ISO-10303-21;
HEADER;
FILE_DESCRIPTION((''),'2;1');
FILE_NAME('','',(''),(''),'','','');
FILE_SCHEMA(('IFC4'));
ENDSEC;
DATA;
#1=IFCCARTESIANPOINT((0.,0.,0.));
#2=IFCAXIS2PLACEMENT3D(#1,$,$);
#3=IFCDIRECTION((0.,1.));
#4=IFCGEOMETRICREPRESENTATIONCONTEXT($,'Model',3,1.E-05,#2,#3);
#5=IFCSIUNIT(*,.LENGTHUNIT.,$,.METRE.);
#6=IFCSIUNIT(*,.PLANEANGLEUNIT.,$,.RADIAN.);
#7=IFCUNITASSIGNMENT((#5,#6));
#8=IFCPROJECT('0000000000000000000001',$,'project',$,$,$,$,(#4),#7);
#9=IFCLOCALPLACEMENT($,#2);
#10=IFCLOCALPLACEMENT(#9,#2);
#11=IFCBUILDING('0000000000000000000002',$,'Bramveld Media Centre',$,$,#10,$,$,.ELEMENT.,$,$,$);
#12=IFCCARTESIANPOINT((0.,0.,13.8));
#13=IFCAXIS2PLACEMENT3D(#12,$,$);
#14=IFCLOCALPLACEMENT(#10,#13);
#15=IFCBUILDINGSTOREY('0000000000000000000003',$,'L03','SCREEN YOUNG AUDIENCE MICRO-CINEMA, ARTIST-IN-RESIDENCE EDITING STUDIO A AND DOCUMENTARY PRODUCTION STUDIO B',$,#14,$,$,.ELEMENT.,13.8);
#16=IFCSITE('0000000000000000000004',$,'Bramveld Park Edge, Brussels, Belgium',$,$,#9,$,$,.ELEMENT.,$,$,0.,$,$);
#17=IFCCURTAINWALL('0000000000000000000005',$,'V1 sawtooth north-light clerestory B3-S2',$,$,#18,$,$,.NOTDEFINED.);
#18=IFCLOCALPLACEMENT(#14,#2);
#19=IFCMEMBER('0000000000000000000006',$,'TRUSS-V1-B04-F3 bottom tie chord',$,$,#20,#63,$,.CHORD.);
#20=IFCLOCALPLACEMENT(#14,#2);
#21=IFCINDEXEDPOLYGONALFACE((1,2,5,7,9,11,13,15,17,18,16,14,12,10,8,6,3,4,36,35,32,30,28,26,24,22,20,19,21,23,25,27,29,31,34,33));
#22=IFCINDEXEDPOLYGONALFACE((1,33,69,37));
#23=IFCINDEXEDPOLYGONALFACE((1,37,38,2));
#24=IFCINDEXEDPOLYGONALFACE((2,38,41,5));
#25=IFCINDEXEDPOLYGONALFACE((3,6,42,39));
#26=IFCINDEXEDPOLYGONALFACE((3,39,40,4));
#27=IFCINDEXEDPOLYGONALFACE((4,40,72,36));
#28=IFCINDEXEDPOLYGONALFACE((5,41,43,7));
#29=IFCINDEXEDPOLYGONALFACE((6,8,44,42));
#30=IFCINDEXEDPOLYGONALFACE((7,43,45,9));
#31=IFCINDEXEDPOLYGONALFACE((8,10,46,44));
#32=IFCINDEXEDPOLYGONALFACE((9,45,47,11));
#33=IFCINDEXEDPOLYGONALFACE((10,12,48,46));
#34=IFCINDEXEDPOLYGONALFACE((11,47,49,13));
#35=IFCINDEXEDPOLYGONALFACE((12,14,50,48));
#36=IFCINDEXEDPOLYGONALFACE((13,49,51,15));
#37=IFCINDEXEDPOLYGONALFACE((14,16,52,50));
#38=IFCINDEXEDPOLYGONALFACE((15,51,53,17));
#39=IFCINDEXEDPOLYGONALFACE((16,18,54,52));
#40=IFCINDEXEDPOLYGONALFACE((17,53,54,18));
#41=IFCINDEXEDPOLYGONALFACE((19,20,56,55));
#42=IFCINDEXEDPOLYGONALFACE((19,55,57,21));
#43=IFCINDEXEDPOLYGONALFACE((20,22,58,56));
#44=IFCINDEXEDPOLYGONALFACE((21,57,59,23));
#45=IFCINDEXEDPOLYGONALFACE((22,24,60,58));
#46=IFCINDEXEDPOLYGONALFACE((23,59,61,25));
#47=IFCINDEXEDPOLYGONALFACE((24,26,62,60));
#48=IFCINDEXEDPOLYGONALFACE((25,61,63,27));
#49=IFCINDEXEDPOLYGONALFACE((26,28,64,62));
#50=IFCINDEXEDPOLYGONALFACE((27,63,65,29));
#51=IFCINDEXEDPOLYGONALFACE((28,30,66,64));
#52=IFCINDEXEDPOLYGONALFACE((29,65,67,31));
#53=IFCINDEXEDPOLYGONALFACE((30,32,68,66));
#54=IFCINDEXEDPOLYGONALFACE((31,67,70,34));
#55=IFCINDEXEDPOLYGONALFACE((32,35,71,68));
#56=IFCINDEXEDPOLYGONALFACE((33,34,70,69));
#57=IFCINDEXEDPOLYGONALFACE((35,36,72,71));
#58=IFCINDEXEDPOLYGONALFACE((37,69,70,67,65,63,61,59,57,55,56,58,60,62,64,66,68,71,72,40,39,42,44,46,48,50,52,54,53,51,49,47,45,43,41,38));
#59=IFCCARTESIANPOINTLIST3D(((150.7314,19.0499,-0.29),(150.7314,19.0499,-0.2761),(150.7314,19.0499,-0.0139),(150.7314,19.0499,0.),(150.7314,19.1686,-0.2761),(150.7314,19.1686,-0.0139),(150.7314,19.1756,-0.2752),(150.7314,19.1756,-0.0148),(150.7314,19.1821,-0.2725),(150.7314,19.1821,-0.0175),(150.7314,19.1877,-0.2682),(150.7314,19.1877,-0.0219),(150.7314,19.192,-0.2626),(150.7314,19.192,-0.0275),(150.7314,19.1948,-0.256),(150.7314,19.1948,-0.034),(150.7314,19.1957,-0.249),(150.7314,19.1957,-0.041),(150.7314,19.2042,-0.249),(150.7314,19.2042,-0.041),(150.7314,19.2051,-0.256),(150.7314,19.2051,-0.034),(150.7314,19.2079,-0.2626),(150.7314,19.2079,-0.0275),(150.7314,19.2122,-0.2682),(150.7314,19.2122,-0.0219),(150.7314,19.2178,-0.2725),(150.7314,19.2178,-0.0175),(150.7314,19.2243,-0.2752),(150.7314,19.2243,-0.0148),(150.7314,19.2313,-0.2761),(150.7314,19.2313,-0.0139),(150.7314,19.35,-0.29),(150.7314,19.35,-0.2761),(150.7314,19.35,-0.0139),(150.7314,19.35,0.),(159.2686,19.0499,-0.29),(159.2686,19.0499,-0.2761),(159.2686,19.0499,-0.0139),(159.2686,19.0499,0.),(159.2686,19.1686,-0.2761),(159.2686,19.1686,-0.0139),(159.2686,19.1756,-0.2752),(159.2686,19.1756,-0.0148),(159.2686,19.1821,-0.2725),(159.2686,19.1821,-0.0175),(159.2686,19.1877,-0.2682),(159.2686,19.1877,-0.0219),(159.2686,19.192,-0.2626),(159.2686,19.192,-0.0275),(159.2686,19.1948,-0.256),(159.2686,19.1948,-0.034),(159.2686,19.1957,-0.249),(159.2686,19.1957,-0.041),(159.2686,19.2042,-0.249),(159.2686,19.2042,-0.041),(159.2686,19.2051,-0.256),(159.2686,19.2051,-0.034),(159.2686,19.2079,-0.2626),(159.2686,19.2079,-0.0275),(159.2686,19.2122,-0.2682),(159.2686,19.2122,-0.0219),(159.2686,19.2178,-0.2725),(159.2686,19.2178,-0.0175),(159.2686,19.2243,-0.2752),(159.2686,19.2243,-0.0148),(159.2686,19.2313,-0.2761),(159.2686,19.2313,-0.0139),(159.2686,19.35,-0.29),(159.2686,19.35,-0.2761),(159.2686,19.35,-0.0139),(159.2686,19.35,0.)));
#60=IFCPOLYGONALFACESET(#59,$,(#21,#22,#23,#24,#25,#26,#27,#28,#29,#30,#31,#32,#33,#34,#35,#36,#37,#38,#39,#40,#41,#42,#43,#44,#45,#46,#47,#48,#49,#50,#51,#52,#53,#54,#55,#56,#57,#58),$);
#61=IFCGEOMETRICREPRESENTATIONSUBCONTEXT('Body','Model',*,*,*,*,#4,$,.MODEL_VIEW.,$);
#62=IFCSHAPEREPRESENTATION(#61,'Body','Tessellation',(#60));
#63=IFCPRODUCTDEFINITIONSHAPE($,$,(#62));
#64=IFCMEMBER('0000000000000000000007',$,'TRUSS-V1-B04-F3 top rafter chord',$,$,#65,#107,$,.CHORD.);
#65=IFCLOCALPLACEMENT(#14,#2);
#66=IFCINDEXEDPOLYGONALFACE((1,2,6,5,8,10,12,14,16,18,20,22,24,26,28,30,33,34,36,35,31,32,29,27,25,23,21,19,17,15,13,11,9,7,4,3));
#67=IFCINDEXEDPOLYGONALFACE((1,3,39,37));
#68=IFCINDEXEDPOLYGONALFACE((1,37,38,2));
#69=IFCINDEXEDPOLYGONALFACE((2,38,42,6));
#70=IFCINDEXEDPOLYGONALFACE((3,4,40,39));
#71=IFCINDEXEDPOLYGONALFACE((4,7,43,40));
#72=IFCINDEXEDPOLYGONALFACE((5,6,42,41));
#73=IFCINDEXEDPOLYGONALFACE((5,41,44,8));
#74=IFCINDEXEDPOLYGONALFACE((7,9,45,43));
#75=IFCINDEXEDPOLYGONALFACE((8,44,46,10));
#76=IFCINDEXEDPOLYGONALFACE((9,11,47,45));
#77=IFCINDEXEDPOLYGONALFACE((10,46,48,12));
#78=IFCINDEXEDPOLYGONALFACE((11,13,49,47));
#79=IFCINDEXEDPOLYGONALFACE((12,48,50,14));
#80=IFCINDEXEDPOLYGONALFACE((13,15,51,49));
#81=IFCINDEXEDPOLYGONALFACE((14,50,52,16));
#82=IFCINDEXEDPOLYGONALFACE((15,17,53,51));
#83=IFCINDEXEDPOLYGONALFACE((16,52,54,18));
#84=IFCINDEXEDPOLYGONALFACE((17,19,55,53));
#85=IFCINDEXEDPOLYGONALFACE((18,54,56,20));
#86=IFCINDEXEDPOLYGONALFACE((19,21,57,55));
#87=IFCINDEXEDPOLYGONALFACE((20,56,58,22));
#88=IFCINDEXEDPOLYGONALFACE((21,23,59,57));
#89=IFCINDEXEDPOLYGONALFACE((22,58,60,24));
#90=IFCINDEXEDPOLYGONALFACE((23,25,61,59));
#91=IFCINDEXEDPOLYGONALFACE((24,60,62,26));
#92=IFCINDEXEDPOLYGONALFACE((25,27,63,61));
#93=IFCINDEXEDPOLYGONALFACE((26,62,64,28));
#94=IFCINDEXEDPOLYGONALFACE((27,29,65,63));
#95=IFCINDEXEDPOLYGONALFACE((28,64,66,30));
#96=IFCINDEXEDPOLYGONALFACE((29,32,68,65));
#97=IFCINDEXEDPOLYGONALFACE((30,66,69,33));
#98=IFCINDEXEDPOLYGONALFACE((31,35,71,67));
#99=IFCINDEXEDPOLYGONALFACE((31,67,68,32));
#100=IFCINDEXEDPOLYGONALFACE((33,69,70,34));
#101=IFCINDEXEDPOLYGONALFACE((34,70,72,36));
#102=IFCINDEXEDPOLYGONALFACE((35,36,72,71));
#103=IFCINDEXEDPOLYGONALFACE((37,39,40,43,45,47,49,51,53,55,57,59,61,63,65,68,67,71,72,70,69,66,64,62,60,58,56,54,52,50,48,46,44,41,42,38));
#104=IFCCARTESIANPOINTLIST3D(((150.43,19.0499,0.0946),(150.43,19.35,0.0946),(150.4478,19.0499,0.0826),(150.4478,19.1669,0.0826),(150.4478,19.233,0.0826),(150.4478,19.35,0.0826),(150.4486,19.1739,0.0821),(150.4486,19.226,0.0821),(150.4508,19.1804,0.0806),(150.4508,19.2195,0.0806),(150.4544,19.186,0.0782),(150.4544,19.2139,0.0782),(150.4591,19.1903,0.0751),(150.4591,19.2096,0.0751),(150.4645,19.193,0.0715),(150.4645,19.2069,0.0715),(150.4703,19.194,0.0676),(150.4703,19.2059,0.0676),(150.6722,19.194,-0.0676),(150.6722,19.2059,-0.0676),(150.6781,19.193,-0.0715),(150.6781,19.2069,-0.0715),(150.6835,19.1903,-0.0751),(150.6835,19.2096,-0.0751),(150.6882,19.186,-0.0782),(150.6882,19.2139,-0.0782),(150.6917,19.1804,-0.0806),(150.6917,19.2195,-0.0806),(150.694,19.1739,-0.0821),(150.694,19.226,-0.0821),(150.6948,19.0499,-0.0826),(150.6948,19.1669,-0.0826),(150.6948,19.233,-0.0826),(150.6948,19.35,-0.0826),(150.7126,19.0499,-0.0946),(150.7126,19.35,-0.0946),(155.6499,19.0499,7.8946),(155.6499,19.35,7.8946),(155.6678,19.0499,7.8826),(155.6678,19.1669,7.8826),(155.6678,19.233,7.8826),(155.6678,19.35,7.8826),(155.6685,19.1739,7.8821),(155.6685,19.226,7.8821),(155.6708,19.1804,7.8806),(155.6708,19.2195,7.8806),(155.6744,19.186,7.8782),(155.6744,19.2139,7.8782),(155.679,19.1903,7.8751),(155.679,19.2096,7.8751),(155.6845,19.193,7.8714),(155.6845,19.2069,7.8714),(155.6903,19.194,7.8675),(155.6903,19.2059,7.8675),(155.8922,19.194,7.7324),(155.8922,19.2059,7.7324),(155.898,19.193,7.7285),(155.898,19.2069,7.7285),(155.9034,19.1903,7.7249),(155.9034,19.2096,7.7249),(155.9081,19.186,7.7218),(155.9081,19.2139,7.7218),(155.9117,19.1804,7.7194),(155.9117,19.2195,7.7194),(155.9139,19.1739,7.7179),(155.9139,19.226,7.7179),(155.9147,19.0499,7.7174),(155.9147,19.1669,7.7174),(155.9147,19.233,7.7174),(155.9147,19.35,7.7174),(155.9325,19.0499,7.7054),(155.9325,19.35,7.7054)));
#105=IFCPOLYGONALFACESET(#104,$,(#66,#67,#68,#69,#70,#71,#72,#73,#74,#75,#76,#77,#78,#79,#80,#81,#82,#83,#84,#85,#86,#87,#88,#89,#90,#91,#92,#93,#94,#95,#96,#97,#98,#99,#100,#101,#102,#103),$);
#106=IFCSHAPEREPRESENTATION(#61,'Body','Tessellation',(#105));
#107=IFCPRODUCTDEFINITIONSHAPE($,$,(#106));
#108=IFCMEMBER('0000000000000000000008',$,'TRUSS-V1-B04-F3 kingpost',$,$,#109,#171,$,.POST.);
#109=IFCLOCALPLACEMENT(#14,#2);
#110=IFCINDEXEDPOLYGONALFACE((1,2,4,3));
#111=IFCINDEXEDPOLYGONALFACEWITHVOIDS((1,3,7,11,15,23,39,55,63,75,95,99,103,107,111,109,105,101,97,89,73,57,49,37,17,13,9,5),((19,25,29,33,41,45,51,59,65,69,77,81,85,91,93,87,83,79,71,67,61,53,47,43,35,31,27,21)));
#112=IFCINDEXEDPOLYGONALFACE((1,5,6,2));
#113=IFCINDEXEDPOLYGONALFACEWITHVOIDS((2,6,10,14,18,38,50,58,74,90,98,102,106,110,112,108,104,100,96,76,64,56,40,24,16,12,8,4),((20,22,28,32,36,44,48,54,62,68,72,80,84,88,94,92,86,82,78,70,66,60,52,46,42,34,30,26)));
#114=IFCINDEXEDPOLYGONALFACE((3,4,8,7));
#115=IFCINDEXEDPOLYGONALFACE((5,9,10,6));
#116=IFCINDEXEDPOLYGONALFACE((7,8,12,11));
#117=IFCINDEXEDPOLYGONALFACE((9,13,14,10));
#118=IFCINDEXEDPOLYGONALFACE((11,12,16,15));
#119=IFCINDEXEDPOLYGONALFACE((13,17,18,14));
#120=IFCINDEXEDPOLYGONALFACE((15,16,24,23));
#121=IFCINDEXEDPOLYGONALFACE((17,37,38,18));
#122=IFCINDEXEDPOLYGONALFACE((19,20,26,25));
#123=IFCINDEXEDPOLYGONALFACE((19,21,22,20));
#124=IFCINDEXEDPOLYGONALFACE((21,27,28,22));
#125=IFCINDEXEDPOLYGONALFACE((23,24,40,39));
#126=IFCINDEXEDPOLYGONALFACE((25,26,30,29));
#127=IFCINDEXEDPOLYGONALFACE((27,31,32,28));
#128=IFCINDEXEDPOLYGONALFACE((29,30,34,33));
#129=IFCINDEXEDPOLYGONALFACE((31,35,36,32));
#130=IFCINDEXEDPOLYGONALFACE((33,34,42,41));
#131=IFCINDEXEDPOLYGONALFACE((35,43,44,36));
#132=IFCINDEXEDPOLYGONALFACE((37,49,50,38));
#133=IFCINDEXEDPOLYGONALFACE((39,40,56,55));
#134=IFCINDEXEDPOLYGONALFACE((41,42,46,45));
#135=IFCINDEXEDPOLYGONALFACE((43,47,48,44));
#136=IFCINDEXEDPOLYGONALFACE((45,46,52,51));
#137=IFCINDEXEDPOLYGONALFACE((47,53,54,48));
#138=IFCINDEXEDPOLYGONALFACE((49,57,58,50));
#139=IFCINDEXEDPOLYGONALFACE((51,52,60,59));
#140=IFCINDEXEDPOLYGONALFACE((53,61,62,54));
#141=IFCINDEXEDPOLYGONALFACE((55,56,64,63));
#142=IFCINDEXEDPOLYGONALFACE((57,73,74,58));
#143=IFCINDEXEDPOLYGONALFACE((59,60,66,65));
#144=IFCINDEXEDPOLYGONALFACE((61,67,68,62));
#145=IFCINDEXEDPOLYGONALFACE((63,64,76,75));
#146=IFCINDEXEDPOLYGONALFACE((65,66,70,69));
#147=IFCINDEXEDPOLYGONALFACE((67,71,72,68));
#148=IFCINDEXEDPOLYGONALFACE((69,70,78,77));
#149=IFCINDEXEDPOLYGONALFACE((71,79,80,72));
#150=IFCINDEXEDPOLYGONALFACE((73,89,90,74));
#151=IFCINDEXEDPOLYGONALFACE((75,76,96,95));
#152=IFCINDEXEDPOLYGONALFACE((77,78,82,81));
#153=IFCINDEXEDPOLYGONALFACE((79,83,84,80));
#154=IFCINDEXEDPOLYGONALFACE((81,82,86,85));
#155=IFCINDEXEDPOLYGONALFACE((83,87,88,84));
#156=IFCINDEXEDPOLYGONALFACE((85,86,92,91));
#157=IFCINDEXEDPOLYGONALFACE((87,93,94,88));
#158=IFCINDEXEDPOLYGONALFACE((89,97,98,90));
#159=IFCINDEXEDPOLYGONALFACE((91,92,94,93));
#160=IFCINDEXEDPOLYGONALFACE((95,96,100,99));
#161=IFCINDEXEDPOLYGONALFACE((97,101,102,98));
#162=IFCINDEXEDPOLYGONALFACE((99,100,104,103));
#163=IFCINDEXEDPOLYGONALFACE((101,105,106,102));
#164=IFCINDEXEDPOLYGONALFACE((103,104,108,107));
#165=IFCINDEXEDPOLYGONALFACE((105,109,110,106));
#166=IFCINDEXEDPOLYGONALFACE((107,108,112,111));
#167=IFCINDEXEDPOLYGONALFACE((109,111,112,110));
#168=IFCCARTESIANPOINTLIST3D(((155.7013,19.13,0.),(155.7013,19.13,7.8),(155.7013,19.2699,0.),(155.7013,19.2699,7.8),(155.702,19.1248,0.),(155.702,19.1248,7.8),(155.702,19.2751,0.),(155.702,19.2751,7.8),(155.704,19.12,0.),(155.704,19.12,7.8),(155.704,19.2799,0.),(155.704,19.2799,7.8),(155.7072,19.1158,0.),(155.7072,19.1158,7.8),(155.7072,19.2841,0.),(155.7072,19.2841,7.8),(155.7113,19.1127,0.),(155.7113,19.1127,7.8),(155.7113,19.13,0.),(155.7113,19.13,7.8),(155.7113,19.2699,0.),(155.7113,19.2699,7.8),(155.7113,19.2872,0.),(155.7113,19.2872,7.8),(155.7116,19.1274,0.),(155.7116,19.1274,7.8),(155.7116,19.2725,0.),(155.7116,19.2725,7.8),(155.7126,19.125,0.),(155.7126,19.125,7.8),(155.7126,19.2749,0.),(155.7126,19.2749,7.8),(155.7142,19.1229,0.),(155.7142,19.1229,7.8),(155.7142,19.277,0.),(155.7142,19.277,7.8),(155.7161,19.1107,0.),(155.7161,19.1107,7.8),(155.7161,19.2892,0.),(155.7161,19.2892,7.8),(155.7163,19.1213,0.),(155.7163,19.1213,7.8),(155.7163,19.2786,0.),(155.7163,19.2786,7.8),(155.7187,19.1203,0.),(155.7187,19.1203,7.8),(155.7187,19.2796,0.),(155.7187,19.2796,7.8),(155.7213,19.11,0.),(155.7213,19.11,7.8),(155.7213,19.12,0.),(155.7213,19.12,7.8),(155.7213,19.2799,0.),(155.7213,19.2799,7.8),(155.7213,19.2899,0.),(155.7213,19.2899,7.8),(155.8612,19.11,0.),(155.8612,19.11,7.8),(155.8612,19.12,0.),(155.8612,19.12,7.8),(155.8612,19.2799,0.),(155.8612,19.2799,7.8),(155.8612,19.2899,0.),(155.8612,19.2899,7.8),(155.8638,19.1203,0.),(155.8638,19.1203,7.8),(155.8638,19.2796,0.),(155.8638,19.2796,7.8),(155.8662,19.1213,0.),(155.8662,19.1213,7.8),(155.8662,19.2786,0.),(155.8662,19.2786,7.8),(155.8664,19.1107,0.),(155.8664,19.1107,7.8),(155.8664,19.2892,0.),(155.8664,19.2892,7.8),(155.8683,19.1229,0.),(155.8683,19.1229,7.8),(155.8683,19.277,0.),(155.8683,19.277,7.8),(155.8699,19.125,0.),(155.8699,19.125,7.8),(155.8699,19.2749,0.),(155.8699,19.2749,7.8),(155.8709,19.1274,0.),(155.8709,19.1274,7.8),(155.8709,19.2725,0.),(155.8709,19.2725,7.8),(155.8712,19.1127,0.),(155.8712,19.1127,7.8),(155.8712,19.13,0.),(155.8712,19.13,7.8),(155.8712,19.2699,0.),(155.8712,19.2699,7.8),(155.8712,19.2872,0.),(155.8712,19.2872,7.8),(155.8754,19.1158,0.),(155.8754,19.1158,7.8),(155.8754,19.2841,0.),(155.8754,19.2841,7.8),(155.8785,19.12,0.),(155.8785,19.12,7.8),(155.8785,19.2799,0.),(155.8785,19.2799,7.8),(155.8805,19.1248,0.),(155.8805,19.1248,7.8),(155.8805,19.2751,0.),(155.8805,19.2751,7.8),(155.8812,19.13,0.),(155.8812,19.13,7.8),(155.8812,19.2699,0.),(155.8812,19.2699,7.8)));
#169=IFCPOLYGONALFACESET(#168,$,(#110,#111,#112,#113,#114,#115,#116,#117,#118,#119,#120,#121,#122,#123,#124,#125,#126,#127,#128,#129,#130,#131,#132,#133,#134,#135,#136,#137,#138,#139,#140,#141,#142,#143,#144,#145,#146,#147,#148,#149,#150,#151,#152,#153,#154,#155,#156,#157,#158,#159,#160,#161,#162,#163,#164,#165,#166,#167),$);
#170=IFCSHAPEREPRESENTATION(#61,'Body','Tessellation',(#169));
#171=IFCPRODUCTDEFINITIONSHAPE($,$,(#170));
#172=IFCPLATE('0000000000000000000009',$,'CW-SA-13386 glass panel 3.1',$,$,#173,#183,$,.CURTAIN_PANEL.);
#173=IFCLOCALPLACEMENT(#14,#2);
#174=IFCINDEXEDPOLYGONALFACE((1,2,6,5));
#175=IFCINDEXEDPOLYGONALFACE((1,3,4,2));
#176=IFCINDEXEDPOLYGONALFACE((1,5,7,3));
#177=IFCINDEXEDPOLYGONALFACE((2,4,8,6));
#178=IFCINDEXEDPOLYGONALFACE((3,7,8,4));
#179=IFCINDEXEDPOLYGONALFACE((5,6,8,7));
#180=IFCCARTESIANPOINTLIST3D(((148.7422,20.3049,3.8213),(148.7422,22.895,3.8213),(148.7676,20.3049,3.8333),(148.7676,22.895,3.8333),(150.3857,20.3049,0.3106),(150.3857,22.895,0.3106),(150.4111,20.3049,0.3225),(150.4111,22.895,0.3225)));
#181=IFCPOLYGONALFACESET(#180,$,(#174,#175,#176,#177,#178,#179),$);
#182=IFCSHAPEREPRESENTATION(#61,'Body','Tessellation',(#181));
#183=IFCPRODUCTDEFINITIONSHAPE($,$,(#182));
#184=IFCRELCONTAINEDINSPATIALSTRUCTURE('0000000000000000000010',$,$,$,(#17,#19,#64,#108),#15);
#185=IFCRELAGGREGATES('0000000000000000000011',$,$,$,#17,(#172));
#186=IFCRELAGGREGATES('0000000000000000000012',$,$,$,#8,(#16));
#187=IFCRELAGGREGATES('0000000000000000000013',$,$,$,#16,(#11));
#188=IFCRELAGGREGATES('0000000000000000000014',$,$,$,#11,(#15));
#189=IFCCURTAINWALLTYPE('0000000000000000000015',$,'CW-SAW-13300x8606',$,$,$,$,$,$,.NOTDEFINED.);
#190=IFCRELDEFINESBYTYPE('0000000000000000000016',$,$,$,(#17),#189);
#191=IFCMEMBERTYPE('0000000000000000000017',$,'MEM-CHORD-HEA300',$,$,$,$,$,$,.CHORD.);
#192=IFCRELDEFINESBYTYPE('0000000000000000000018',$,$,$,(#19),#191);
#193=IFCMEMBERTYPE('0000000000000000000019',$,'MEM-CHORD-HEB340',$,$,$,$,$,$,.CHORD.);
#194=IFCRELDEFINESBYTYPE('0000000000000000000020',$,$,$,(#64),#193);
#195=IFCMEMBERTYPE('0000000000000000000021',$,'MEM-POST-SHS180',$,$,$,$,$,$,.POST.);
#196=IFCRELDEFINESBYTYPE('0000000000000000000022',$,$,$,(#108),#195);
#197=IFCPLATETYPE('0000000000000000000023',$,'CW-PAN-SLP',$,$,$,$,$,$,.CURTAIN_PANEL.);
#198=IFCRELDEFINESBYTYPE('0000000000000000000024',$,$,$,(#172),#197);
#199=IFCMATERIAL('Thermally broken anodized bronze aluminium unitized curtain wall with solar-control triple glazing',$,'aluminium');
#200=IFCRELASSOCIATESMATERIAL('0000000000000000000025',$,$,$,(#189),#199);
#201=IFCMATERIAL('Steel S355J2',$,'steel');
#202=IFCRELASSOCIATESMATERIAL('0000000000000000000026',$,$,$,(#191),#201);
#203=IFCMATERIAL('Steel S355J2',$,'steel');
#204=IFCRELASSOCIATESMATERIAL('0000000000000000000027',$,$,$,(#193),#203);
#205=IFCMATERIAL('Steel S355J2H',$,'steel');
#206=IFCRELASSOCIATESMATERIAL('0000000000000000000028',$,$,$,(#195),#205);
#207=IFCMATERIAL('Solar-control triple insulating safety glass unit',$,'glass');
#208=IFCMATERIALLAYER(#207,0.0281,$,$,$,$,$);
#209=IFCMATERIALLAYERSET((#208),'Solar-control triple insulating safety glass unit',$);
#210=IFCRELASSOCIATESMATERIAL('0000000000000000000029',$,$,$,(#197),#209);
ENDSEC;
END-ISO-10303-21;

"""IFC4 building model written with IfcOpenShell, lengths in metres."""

from ifc_helpers import new_model, si_unit, direction, frame, origin, origin_2d, place, context, subcontext, project, spatial, polyline, hollow_rectangle, i_section, outline, extrude, material, layer, layer_set, material_profile, profile_set, type_object, element, aggregate, save


model = new_model("IFC4")

# Units and contexts
model_context = context("Model", 3, precision=1e-05, world=origin(), true_north=direction((0.0, 1.0)))
body_context = subcontext(model_context, "Body", "Model", "MODEL_VIEW")
ifc_project = project(units=[si_unit("LENGTHUNIT", "METRE"), si_unit("PLANEANGLEUNIT", "RADIAN")], contexts=[model_context])

# Site, building, storey
site_placement = place(None, origin())
site = spatial("IfcSite", under=ifc_project, at=site_placement, Name="Bramveld Park Edge, Brussels, Belgium", CompositionType="ELEMENT", RefElevation=0.0)
building_placement = place(site_placement, origin())
building = spatial("IfcBuilding", under=site, at=building_placement, Name="Bramveld Media Centre", CompositionType="ELEMENT")
storey_placement = place(building_placement, frame((0.0, 0.0, 13.8)))
storey = spatial("IfcBuildingStorey", under=building, at=storey_placement, Name="L03", Description="SCREEN YOUNG AUDIENCE MICRO-CINEMA, ARTIST-IN-RESIDENCE EDITING STUDIO A AND DOCUMENTARY PRODUCTION STUDIO B", CompositionType="ELEMENT", Elevation=13.8)

# Curtain wall
ifc_material_1 = material(Name="Thermally broken anodized bronze aluminium unitized curtain wall with solar-control triple glazing", Category="aluminium")
curtain_wall_type = type_object("IfcCurtainWallType", Name="CW-SAW-13300x8606", PredefinedType="NOTDEFINED", material=ifc_material_1)
curtain_wall_1_placement = place(storey_placement, origin())
curtain_wall_1 = element("IfcCurtainWall", 1, at=curtain_wall_1_placement, inside=storey, type_object=curtain_wall_type, Name="V1 sawtooth north-light clerestory B3-S2", PredefinedType="NOTDEFINED")

# Members
ifc_material_2 = material(Name="Steel S355J2", Category="steel")
ifc_material_profile_1 = material_profile(ifc_material_2, i_section(OverallWidth=0.3, OverallDepth=0.29, WebThickness=0.0085, FlangeThickness=0.0139, FilletRadius=0.0271, at=origin_2d()), Name="HEA 300")
ifc_profile_set_1 = profile_set([ifc_material_profile_1], Name="Steel S355J2")
member_type_1 = type_object("IfcMemberType", Name="MEM-CHORD-HEA300", PredefinedType="CHORD", material=ifc_profile_set_1)
member_1_placement = place(storey_placement, frame((150.7314, 19.2, -0.145), z_axis=(1.0, 0.0, 0.0), x_axis=(0.0, 1.0, 0.0)))
element("IfcMember", 2, at=member_1_placement, inside=storey, type_object=member_type_1, Name="TRUSS-V1-B04-F3 bottom tie chord", PredefinedType="CHORD", context=body_context, shape_type="SweptSolid", body=[
    extrude(i_section(OverallWidth=0.3, OverallDepth=0.29, WebThickness=0.0085, FlangeThickness=0.0139, FilletRadius=0.0271, at=origin_2d()), origin(), (0.0, 0.0, 1.0), 8.5371),
])
ifc_material_3 = material(Name="Steel S355J2", Category="steel")
ifc_material_profile_2 = material_profile(ifc_material_3, i_section(OverallWidth=0.3, OverallDepth=0.3401, WebThickness=0.012, FlangeThickness=0.0215, FilletRadius=0.0271, at=origin_2d()), Name="HEB 340")
ifc_profile_set_2 = profile_set([ifc_material_profile_2], Name="Steel S355J2")
member_type_2 = type_object("IfcMemberType", Name="MEM-CHORD-HEB340", PredefinedType="CHORD", material=ifc_profile_set_2)
member_2_placement = place(storey_placement, frame((150.5713, 19.2, 0.0), z_axis=(0.55617, 0.0, 0.831069), x_axis=(0.0, 1.0, 0.0)))
element("IfcMember", 3, at=member_2_placement, inside=storey, type_object=member_type_2, Name="TRUSS-V1-B04-F3 top rafter chord", PredefinedType="CHORD", context=body_context, shape_type="SweptSolid", body=[
    extrude(i_section(OverallWidth=0.3, OverallDepth=0.3401, WebThickness=0.012, FlangeThickness=0.0215, FilletRadius=0.0271, at=origin_2d()), origin(), (0.0, 0.0, 1.0), 9.3855),
])
ifc_material_4 = material(Name="Steel S355J2H", Category="steel")
ifc_material_profile_3 = material_profile(ifc_material_4, hollow_rectangle(XDim=0.1799, YDim=0.1799, WallThickness=0.01, InnerFilletRadius=0.01, OuterFilletRadius=0.02, at=origin_2d()), Name="SHS 180x180x10")
ifc_profile_set_3 = profile_set([ifc_material_profile_3], Name="Steel S355J2H")
member_type_3 = type_object("IfcMemberType", Name="MEM-POST-SHS180", PredefinedType="POST", material=ifc_profile_set_3)
member_3_placement = place(storey_placement, frame((155.7913, 19.2, 0.0), z_axis=(0.0, 0.0, 1.0), x_axis=(1.0, 0.0, 0.0)))
element("IfcMember", 4, at=member_3_placement, inside=storey, type_object=member_type_3, Name="TRUSS-V1-B04-F3 kingpost", PredefinedType="POST", context=body_context, shape_type="SweptSolid", body=[
    extrude(hollow_rectangle(XDim=0.1799, YDim=0.1799, WallThickness=0.01, InnerFilletRadius=0.01, OuterFilletRadius=0.02, at=origin_2d()), origin(), (0.0, 0.0, 1.0), 7.8),
])

# Plate
ifc_material_5 = material(Name="Solar-control triple insulating safety glass unit", Category="glass")
ifc_layer_1 = layer(ifc_material_5, 0.0281)
ifc_layer_set_1 = layer_set([ifc_layer_1], Name="Solar-control triple insulating safety glass unit")
plate_type_1 = type_object("IfcPlateType", Name="CW-PAN-SLP", PredefinedType="CURTAIN_PANEL", material=ifc_layer_set_1)
plate_1_placement = place(storey_placement, frame((150.4111, 20.3049, 0.3225), z_axis=(0.905668, 0.0, 0.423988), x_axis=(0.0, 1.0, 0.0)))
plate_1 = element("IfcPlate", 5, at=plate_1_placement, type_object=plate_type_1, Name="CW-SA-13386 glass panel 3.1", PredefinedType="CURTAIN_PANEL", context=body_context, shape_type="SweptSolid", body=[
    extrude(outline(polyline([(0.0, 0.0), (2.5901, 0.0), (2.5901, 3.8764), (0.0, 3.8764), (0.0, 0.0)])), origin(), (0.0, 0.0, -1.0), 0.0281),
])
aggregate(curtain_wall_1, [plate_1])

save(model, "model.ifc")
